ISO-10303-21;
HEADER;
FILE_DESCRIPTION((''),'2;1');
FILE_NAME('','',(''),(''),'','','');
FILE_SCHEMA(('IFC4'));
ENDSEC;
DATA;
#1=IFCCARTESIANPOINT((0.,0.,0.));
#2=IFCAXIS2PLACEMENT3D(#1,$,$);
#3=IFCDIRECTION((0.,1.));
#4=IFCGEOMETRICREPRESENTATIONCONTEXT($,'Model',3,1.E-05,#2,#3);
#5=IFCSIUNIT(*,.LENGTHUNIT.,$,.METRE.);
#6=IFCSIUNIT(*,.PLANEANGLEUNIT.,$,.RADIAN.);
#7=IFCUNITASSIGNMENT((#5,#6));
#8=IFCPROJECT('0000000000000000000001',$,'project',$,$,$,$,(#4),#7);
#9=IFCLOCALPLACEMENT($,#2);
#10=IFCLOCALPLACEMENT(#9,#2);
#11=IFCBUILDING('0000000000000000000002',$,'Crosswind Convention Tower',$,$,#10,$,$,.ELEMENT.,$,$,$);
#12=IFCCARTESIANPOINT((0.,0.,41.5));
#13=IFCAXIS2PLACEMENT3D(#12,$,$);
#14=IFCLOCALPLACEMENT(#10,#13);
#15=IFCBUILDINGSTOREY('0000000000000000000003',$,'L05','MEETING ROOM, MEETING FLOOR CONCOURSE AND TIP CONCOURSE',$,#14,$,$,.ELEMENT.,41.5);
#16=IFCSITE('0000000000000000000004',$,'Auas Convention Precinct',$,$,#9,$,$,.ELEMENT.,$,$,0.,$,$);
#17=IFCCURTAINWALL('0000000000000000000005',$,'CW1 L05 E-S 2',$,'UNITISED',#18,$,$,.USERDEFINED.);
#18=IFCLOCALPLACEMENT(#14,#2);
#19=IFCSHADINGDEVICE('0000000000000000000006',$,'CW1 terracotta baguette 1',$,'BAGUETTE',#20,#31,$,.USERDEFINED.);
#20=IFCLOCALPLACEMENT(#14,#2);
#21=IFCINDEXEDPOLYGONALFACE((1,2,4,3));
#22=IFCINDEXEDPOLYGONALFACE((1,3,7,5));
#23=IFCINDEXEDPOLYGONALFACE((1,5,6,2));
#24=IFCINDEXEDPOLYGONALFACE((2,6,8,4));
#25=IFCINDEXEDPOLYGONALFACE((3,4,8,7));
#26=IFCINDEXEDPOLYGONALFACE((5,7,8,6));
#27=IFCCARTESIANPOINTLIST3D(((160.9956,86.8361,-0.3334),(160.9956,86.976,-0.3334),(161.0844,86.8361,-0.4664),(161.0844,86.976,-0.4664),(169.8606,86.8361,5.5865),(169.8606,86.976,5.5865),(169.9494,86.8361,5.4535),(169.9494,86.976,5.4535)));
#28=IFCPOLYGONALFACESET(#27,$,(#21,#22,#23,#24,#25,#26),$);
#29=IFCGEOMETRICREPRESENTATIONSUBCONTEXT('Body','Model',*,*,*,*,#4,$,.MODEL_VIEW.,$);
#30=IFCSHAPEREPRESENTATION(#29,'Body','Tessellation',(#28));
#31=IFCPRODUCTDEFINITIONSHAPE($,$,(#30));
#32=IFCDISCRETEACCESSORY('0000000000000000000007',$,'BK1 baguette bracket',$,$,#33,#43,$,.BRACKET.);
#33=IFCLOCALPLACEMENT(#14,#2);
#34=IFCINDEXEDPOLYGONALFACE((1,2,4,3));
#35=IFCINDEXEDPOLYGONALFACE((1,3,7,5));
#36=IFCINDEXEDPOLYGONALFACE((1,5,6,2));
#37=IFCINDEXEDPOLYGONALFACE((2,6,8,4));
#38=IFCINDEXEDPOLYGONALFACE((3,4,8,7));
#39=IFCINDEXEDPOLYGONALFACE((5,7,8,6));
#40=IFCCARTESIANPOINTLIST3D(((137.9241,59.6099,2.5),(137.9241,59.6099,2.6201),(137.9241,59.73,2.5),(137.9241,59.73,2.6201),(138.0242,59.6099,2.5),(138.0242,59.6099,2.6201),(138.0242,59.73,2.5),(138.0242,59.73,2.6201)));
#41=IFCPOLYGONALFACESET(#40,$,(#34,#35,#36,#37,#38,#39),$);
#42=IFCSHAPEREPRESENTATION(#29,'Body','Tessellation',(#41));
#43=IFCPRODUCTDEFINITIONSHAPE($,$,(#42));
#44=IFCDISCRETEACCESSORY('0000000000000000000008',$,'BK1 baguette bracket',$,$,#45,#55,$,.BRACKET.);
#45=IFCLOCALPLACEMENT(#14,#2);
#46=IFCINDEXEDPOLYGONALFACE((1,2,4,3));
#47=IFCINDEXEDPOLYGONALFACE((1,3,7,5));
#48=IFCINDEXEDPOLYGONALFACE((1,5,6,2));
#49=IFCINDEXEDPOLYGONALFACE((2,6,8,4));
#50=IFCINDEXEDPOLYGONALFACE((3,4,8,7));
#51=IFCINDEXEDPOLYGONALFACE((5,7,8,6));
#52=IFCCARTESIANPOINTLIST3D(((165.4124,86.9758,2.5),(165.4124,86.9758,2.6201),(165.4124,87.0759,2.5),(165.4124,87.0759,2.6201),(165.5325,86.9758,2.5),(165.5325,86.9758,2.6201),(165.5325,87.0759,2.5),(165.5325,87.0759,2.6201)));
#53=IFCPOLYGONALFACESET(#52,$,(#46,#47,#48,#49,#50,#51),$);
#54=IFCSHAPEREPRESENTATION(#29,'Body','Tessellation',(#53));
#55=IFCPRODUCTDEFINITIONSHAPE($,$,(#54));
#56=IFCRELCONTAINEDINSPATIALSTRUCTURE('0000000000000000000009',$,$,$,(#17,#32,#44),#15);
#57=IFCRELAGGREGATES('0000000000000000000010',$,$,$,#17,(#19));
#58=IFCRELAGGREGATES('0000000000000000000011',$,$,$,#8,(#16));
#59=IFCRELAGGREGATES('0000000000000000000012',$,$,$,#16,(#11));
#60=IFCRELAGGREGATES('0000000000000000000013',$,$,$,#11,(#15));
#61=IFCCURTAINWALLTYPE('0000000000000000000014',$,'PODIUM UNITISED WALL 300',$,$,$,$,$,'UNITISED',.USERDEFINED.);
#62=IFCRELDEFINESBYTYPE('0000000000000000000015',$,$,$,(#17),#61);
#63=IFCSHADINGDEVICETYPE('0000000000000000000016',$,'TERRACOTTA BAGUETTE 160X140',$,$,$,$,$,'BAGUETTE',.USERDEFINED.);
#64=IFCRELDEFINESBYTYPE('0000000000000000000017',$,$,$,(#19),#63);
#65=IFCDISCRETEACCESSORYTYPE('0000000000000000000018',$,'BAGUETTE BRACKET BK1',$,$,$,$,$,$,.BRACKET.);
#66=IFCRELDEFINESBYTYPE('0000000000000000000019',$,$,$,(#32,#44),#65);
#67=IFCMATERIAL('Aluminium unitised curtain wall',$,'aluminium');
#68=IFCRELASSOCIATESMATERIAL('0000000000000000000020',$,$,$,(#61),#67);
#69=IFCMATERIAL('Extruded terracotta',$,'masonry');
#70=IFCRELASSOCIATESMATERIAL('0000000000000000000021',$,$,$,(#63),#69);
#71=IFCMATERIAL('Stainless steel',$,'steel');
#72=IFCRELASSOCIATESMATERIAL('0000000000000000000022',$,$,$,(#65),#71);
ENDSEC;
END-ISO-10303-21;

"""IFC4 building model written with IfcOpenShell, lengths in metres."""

from ifc_helpers import new_model, si_unit, direction, frame, origin, origin_2d, place, context, subcontext, project, spatial, rectangle, extrude, material, material_profile, profile_set, type_object, element, aggregate, save


model = new_model("IFC4")

# Units and contexts
model_context = context("Model", 3, precision=1e-05, world=origin(), true_north=direction((0.0, 1.0)))
body_context = subcontext(model_context, "Body", "Model", "MODEL_VIEW")
ifc_project = project(units=[si_unit("LENGTHUNIT", "METRE"), si_unit("PLANEANGLEUNIT", "RADIAN")], contexts=[model_context])

# Site, building, storey
site_placement = place(None, origin())
site = spatial("IfcSite", under=ifc_project, at=site_placement, Name="Auas Convention Precinct", CompositionType="ELEMENT", RefElevation=0.0)
building_placement = place(site_placement, origin())
building = spatial("IfcBuilding", under=site, at=building_placement, Name="Crosswind Convention Tower", CompositionType="ELEMENT")
storey_placement = place(building_placement, frame((0.0, 0.0, 41.5)))
storey = spatial("IfcBuildingStorey", under=building, at=storey_placement, Name="L05", Description="MEETING ROOM, MEETING FLOOR CONCOURSE AND TIP CONCOURSE", CompositionType="ELEMENT", Elevation=41.5)

# Curtain wall
ifc_material_1 = material(Name="Aluminium unitised curtain wall", Category="aluminium")
curtain_wall_type_1 = type_object("IfcCurtainWallType", Name="PODIUM UNITISED WALL 300", ElementType="UNITISED", PredefinedType="USERDEFINED", material=ifc_material_1)
curtain_wall_1_placement = place(storey_placement, origin())
curtain_wall_1 = element("IfcCurtainWall", 1, at=curtain_wall_1_placement, inside=storey, type_object=curtain_wall_type_1, Name="CW1 L05 E-S 2", ObjectType="UNITISED", PredefinedType="USERDEFINED")

# Shading device
ifc_material_2 = material(Name="Extruded terracotta", Category="masonry")
ifc_material_profile_1 = material_profile(ifc_material_2, rectangle(XDim=0.1399, YDim=0.1599, at=origin_2d()), Name="TC 140X160")
ifc_profile_set_1 = profile_set([ifc_material_profile_1], Name="Extruded terracotta")
shading_device_type = type_object("IfcShadingDeviceType", Name="TERRACOTTA BAGUETTE 160X140", ElementType="BAGUETTE", PredefinedType="USERDEFINED", material=ifc_profile_set_1)
shading_device_1_placement = place(storey_placement, frame((161.04, 86.906, -0.3999), z_axis=(0.83162, 0.0, 0.555345), x_axis=(0.0, 1.0, 0.0)))
shading_device_1 = element("IfcShadingDevice", 2, at=shading_device_1_placement, type_object=shading_device_type, Name="CW1 terracotta baguette 1", ObjectType="BAGUETTE", PredefinedType="USERDEFINED", context=body_context, shape_type="SweptSolid", body=[
    extrude(rectangle(XDim=0.1399, YDim=0.1599, at=origin_2d()), origin(), (0.0, 0.0, 1.0), 10.6599),
])
aggregate(curtain_wall_1, [shading_device_1])

# Discrete accessories
ifc_material_3 = material(Name="Stainless steel", Category="steel")
discrete_accessory_type = type_object("IfcDiscreteAccessoryType", Name="BAGUETTE BRACKET BK1", PredefinedType="BRACKET", material=ifc_material_3)
for number, where, z_axis, x_axis, name in (
    (3, (137.9741, 59.6699, 2.5), (0.0, 0.0, 1.0), (0.0, 1.0, 0.0), "BK1 baguette bracket"),
    (4, (165.4724, 87.0259, 2.5), (0.0, 0.0, 1.0), (1.0, 0.0, 0.0), "BK1 baguette bracket"),
):
    element("IfcDiscreteAccessory", number, at=place(storey_placement, frame(where, z_axis=z_axis, x_axis=x_axis)), inside=storey, type_object=discrete_accessory_type, Name=name, PredefinedType="BRACKET", context=body_context, shape_type="SweptSolid", body=[
        extrude(rectangle(XDim=0.1201, YDim=0.1001, at=origin_2d()), origin(), (0.0, 0.0, 1.0), 0.1201),
    ])

save(model, "model.ifc")
